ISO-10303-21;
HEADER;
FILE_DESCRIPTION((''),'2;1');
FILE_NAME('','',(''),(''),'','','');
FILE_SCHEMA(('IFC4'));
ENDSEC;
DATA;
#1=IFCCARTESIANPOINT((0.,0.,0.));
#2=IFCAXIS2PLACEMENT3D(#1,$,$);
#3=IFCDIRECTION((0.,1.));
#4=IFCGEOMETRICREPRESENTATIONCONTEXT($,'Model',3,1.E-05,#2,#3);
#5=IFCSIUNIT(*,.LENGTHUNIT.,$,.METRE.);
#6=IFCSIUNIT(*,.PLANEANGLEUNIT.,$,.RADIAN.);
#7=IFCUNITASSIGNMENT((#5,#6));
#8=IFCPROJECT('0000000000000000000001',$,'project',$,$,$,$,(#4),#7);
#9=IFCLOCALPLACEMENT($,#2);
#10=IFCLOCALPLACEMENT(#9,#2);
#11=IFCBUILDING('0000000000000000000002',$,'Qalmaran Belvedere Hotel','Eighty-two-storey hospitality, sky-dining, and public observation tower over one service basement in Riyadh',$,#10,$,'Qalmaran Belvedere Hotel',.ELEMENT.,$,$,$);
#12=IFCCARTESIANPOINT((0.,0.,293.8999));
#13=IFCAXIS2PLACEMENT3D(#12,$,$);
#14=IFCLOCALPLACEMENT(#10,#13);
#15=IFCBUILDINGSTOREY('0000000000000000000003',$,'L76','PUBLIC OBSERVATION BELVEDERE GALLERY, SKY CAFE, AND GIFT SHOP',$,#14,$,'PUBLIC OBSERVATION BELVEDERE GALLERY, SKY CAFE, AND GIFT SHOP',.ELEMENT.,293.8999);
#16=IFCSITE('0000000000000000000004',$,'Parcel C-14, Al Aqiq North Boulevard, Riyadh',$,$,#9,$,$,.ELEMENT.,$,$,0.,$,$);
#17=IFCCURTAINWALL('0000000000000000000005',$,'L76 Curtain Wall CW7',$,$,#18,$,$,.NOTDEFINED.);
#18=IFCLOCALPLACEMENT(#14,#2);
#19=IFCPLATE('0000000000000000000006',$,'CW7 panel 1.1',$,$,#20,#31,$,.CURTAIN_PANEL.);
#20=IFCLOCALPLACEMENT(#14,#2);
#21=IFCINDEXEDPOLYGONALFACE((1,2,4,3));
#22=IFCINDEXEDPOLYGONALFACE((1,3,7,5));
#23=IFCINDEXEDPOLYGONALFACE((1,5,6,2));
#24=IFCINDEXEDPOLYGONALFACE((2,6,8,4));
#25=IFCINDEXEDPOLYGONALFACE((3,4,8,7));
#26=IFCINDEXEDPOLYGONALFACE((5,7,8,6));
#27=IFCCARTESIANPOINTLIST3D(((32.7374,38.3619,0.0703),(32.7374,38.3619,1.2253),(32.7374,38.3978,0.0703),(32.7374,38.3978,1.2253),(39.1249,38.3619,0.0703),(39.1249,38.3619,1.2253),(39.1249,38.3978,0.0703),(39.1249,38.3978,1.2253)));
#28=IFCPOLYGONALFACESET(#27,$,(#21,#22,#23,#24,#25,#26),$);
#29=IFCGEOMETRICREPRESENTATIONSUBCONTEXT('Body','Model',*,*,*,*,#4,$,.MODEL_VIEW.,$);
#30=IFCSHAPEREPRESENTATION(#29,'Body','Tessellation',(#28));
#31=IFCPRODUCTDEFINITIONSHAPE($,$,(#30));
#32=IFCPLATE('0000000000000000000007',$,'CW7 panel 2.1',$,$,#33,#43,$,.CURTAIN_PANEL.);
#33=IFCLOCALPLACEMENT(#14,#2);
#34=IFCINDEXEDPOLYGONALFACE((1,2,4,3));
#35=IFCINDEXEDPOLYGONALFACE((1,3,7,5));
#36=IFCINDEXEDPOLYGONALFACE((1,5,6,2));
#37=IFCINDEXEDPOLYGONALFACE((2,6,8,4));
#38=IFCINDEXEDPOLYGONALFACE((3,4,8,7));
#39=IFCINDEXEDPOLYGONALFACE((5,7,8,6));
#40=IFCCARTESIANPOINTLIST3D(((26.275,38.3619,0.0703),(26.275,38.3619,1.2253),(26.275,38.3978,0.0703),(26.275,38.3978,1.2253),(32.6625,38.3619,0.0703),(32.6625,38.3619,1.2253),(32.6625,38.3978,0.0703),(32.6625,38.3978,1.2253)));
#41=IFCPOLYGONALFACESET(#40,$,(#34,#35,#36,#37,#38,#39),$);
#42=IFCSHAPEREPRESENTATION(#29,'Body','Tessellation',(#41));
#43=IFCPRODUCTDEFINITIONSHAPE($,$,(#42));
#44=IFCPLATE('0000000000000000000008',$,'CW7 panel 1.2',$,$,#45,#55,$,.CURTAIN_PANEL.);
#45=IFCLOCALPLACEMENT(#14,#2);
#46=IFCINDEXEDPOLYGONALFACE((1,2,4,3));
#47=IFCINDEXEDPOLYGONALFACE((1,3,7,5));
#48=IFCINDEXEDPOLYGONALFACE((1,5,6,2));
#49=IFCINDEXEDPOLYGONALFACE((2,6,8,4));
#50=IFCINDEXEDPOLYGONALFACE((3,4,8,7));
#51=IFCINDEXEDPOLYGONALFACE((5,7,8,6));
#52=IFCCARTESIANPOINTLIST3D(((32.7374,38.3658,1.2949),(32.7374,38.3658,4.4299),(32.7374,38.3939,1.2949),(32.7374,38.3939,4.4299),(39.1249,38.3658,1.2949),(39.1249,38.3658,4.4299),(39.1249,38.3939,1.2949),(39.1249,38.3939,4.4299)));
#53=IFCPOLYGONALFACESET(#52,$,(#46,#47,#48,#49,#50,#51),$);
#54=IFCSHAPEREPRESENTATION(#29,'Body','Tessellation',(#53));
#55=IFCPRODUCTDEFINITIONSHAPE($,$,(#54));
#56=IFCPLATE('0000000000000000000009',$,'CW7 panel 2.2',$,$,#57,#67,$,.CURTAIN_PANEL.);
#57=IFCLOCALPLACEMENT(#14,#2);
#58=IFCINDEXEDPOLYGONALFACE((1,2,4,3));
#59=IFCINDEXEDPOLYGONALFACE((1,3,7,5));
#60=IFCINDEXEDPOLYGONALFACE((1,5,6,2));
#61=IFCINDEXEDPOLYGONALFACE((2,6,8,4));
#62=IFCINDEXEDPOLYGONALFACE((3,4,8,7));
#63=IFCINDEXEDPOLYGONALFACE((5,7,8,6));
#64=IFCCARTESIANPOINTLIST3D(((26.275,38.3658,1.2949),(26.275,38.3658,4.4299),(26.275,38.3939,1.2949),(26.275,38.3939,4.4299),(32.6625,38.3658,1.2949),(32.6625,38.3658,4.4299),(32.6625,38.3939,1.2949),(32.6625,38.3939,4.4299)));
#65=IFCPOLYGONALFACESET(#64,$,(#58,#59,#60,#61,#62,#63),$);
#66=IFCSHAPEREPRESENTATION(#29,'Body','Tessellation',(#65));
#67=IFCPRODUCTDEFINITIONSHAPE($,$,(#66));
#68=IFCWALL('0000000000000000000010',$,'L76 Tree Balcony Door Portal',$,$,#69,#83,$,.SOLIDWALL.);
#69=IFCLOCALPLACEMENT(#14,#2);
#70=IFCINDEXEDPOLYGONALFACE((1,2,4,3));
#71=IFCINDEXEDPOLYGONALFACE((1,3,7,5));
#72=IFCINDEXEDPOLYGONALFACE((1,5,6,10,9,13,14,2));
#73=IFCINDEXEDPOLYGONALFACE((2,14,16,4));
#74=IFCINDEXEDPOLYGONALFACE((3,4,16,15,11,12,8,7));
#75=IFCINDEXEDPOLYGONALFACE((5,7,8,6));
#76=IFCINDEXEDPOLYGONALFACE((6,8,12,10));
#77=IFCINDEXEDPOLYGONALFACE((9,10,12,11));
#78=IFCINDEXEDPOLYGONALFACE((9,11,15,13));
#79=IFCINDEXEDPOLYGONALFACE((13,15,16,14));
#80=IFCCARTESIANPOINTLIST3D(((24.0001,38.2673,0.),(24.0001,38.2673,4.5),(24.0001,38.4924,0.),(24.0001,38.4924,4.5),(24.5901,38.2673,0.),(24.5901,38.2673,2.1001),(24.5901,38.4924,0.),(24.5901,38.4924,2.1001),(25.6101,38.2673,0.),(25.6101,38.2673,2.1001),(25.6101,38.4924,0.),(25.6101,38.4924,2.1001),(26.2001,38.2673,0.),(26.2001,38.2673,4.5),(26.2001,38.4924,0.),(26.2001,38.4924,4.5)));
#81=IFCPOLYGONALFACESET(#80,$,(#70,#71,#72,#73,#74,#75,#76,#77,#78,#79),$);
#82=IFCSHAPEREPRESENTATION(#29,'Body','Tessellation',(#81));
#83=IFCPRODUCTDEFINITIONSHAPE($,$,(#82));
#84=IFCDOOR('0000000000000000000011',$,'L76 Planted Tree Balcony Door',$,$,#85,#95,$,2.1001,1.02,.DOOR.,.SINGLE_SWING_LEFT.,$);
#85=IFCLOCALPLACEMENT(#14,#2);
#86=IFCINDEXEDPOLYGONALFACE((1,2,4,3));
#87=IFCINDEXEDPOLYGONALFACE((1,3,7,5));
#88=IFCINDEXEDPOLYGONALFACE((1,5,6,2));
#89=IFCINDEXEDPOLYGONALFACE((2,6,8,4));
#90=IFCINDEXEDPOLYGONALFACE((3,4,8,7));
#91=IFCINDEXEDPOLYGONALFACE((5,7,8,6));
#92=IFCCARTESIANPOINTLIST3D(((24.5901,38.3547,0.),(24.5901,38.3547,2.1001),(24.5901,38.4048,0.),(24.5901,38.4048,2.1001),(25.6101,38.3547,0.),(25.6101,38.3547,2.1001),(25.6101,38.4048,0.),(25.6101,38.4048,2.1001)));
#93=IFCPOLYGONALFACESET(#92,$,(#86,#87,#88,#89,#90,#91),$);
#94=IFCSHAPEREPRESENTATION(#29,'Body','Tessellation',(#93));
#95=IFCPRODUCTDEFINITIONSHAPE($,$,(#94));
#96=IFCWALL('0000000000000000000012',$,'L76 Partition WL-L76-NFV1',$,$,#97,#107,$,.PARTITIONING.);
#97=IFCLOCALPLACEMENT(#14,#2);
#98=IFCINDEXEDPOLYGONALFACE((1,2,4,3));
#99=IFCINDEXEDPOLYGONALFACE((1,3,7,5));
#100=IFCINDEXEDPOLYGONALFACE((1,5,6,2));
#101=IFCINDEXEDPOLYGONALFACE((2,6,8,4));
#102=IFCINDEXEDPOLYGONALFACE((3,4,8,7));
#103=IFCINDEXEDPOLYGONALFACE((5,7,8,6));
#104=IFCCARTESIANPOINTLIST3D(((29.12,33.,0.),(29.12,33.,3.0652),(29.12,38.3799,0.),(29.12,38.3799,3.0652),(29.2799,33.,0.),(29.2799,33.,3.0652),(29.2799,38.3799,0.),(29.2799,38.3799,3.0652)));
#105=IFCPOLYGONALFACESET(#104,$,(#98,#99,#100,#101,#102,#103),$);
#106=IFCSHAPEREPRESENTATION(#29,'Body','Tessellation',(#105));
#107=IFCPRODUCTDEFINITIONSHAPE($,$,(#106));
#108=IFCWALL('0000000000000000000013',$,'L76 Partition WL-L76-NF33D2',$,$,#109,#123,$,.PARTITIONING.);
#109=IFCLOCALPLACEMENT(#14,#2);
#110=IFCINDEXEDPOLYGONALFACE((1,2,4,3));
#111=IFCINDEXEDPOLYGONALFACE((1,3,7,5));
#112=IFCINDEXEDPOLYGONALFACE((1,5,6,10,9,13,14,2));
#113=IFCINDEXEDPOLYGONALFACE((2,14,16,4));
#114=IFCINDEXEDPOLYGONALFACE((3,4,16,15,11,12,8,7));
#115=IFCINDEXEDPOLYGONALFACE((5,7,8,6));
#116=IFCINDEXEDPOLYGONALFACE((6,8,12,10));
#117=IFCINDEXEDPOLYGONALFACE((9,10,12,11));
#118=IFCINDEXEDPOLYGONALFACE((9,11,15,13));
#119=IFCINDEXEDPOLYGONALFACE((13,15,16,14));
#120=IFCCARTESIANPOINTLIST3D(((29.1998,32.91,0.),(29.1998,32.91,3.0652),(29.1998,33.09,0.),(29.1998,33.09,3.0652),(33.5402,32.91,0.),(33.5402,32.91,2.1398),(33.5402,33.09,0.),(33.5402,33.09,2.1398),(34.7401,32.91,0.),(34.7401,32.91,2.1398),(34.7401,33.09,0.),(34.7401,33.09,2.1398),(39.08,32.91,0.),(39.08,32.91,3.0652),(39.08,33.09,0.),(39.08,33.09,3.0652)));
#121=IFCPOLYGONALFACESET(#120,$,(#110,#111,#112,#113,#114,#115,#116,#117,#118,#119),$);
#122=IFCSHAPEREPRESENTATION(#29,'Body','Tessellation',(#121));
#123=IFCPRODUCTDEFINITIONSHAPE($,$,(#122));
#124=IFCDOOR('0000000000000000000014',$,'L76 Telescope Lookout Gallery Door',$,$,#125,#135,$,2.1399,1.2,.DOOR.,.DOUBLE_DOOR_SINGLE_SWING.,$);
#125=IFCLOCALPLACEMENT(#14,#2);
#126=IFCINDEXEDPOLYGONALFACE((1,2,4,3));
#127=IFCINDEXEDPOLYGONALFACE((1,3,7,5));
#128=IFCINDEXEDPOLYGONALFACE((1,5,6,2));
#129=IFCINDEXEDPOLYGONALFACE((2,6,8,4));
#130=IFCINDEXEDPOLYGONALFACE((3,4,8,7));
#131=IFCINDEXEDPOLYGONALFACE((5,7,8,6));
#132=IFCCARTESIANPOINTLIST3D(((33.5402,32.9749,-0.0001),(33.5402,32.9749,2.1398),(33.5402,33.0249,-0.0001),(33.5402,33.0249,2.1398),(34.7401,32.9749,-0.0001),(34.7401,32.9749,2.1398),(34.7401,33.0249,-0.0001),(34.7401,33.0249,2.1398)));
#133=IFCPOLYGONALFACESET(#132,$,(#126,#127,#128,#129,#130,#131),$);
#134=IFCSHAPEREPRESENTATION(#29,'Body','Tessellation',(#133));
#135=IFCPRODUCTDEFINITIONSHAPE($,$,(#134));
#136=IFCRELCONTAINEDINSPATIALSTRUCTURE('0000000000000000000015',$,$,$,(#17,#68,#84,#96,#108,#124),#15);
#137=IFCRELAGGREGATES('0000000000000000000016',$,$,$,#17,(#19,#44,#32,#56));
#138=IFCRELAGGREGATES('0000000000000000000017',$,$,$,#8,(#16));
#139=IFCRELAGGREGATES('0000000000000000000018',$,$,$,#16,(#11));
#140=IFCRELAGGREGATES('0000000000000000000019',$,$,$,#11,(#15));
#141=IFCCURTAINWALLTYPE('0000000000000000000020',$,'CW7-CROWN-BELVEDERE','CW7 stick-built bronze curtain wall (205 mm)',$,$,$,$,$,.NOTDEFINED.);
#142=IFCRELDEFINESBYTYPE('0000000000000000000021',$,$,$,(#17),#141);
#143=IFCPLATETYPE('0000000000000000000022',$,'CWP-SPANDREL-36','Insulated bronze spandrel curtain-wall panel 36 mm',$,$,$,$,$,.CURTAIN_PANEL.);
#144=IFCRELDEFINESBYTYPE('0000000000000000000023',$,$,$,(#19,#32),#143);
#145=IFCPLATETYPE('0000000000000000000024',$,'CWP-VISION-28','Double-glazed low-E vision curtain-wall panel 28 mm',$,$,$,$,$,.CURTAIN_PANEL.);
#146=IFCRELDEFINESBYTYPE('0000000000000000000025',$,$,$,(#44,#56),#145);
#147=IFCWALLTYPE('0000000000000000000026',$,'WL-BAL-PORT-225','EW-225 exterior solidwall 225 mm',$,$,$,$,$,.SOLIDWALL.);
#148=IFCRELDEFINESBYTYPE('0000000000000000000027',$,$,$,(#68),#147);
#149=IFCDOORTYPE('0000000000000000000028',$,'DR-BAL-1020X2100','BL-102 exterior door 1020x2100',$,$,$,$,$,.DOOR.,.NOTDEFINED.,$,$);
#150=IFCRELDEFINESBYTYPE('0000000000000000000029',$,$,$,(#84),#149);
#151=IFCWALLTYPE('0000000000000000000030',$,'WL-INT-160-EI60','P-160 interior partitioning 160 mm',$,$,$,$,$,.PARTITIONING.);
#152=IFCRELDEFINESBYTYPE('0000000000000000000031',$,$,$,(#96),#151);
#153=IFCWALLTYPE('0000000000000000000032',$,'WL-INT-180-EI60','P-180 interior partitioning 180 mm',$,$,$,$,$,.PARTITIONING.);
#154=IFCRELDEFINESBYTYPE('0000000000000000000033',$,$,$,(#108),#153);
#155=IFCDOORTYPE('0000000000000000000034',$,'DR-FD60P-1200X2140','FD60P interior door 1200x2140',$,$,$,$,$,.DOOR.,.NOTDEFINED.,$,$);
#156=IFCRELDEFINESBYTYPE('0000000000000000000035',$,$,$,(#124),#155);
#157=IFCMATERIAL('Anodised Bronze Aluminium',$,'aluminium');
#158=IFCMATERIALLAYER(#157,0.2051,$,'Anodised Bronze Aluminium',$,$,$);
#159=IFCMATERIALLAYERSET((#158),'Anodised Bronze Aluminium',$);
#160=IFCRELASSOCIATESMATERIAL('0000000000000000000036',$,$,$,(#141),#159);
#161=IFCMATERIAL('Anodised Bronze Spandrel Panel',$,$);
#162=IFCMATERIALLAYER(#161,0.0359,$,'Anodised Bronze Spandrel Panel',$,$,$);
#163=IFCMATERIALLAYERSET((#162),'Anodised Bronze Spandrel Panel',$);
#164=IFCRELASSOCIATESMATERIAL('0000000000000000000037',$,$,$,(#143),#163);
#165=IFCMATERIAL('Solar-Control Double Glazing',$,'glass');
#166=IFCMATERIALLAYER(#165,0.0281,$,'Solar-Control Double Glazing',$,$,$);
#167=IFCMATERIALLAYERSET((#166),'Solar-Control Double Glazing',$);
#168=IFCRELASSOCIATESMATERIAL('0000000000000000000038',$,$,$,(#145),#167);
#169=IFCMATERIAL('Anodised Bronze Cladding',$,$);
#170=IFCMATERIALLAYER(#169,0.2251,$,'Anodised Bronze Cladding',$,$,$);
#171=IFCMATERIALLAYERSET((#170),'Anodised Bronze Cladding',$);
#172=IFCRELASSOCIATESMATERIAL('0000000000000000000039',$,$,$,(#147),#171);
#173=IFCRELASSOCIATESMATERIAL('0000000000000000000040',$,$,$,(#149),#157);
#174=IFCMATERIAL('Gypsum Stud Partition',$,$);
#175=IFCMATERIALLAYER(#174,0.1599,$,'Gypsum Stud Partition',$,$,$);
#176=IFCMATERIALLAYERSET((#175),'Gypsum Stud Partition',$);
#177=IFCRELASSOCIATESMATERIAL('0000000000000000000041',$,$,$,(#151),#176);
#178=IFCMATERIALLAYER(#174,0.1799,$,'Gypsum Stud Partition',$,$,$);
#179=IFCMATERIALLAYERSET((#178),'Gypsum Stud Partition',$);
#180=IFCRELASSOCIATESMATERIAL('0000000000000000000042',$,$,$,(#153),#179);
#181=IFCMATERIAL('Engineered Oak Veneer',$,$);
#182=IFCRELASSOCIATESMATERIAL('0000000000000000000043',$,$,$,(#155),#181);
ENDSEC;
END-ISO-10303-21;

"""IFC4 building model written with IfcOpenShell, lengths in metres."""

from ifc_helpers import new_model, si_unit, direction, frame, frame_2d, origin, origin_2d, place, context, subcontext, project, spatial, rectangle, extrude, material, layer, layer_set, type_object, element, fill, aggregate, save


model = new_model("IFC4")

# Units and contexts
model_context = context("Model", 3, precision=1e-05, world=origin(), true_north=direction((0.0, 1.0)))
body_context = subcontext(model_context, "Body", "Model", "MODEL_VIEW")
ifc_project = project(units=[si_unit("LENGTHUNIT", "METRE"), si_unit("PLANEANGLEUNIT", "RADIAN")], contexts=[model_context])

# Site, building, storey
site_placement = place(None, origin())
site = spatial("IfcSite", under=ifc_project, at=site_placement, Name="Parcel C-14, Al Aqiq North Boulevard, Riyadh", CompositionType="ELEMENT", RefElevation=0.0)
building_placement = place(site_placement, origin())
building = spatial("IfcBuilding", under=site, at=building_placement, Name="Qalmaran Belvedere Hotel", Description="Eighty-two-storey hospitality, sky-dining, and public observation tower over one service basement in Riyadh", LongName="Qalmaran Belvedere Hotel", CompositionType="ELEMENT")
storey_placement = place(building_placement, frame((0.0, 0.0, 293.8999)))
storey = spatial("IfcBuildingStorey", under=building, at=storey_placement, Name="L76", Description="PUBLIC OBSERVATION BELVEDERE GALLERY, SKY CAFE, AND GIFT SHOP", LongName="PUBLIC OBSERVATION BELVEDERE GALLERY, SKY CAFE, AND GIFT SHOP", CompositionType="ELEMENT", Elevation=293.8999)

# Curtain wall, plates
ifc_material_1 = material(Name="Anodised Bronze Aluminium", Category="aluminium")
ifc_layer_1 = layer(ifc_material_1, 0.2051, Name="Anodised Bronze Aluminium")
ifc_layer_set_1 = layer_set([ifc_layer_1], Name="Anodised Bronze Aluminium")
curtain_wall_type = type_object("IfcCurtainWallType", Name="CW7-CROWN-BELVEDERE", Description="CW7 stick-built bronze curtain wall (205 mm)", PredefinedType="NOTDEFINED", material=ifc_layer_set_1)
curtain_wall_placement = place(storey_placement, origin())
curtain_wall = element("IfcCurtainWall", 1, at=curtain_wall_placement, inside=storey, type_object=curtain_wall_type, Name="L76 Curtain Wall CW7", PredefinedType="NOTDEFINED")
ifc_material_2 = material(Name="Anodised Bronze Spandrel Panel")
ifc_layer_2 = layer(ifc_material_2, 0.0359, Name="Anodised Bronze Spandrel Panel")
ifc_layer_set_2 = layer_set([ifc_layer_2], Name="Anodised Bronze Spandrel Panel")
plate_type_1 = type_object("IfcPlateType", Name="CWP-SPANDREL-36", Description="Insulated bronze spandrel curtain-wall panel 36 mm", PredefinedType="CURTAIN_PANEL", material=ifc_layer_set_2)
plate_1_placement = place(storey_placement, frame((35.9312, 38.3799, 0.0703), z_axis=(0.0, 0.0, 1.0), x_axis=(-1.0, 0.0, 0.0)))
plate_1 = element("IfcPlate", 2, at=plate_1_placement, type_object=plate_type_1, Name="CW7 panel 1.1", PredefinedType="CURTAIN_PANEL", context=body_context, shape_type="SweptSolid", body=[
    extrude(rectangle(XDim=6.3875, YDim=0.0359, at=origin_2d()), origin(), (0.0, 0.0, 1.0), 1.155),
])
plate_2_placement = place(storey_placement, frame((29.4688, 38.3799, 0.0703), z_axis=(0.0, 0.0, 1.0), x_axis=(-1.0, 0.0, 0.0)))
plate_2 = element("IfcPlate", 3, at=plate_2_placement, type_object=plate_type_1, Name="CW7 panel 2.1", PredefinedType="CURTAIN_PANEL", context=body_context, shape_type="SweptSolid", body=[
    extrude(rectangle(XDim=6.3875, YDim=0.0359, at=origin_2d()), origin(), (0.0, 0.0, 1.0), 1.155),
])
ifc_material_3 = material(Name="Solar-Control Double Glazing", Category="glass")
ifc_layer_3 = layer(ifc_material_3, 0.0281, Name="Solar-Control Double Glazing")
ifc_layer_set_3 = layer_set([ifc_layer_3], Name="Solar-Control Double Glazing")
plate_type_2 = type_object("IfcPlateType", Name="CWP-VISION-28", Description="Double-glazed low-E vision curtain-wall panel 28 mm", PredefinedType="CURTAIN_PANEL", material=ifc_layer_set_3)
plate_3_placement = place(storey_placement, frame((35.9312, 38.3799, 1.2949), z_axis=(0.0, 0.0, 1.0), x_axis=(-1.0, 0.0, 0.0)))
plate_3 = element("IfcPlate", 4, at=plate_3_placement, type_object=plate_type_2, Name="CW7 panel 1.2", PredefinedType="CURTAIN_PANEL", context=body_context, shape_type="SweptSolid", body=[
    extrude(rectangle(XDim=6.3875, YDim=0.0281, at=origin_2d()), origin(), (0.0, 0.0, 1.0), 3.135),
])
plate_4_placement = place(storey_placement, frame((29.4688, 38.3799, 1.2949), z_axis=(0.0, 0.0, 1.0), x_axis=(-1.0, 0.0, 0.0)))
plate_4 = element("IfcPlate", 5, at=plate_4_placement, type_object=plate_type_2, Name="CW7 panel 2.2", PredefinedType="CURTAIN_PANEL", context=body_context, shape_type="SweptSolid", body=[
    extrude(rectangle(XDim=6.3875, YDim=0.0281, at=origin_2d()), origin(), (0.0, 0.0, 1.0), 3.135),
])
aggregate(curtain_wall, [plate_1, plate_3, plate_2, plate_4])

# Wall, opening, door
ifc_material_4 = material(Name="Anodised Bronze Cladding")
ifc_layer_4 = layer(ifc_material_4, 0.2251, Name="Anodised Bronze Cladding")
ifc_layer_set_4 = layer_set([ifc_layer_4], Name="Anodised Bronze Cladding")
wall_type_1 = type_object("IfcWallType", Name="WL-BAL-PORT-225", Description="EW-225 exterior solidwall 225 mm", PredefinedType="SOLIDWALL", material=ifc_layer_set_4)
wall_1_placement = place(storey_placement, frame((24.0, 38.3799, 0.0), z_axis=(0.0, 0.0, 1.0), x_axis=(1.0, 0.0, 0.0)))
wall_1 = element("IfcWall", 6, at=wall_1_placement, inside=storey, type_object=wall_type_1, Name="L76 Tree Balcony Door Portal", PredefinedType="SOLIDWALL", context=body_context, shape_type="SweptSolid", body=[
    extrude(rectangle(XDim=2.2, YDim=0.2251, at=frame_2d((1.1001, 0.0))), origin(), (0.0, 0.0, 1.0), 4.5),
])
opening_1_placement = place(wall_1_placement, frame((0.5901, 0.0, 0.0)))
opening_1 = element("IfcOpeningElement", 7, at=opening_1_placement, cuts=wall_1, PredefinedType="OPENING", context=body_context, shape_type="SweptSolid", body=[
    extrude(rectangle(XDim=1.02, YDim=2.1001, at=frame_2d((0.51, 1.05))), frame((0.0, 0.1226, 0.0), z_axis=(0.0, -1.0, 0.0), x_axis=(1.0, 0.0, 0.0)), (0.0, 0.0, 1.0), 0.2451),
])
door_type_1 = type_object("IfcDoorType", Name="DR-BAL-1020X2100", Description="BL-102 exterior door 1020x2100", OperationType="NOTDEFINED", PredefinedType="DOOR", material=ifc_material_1)
door_1_placement = place(opening_1_placement, origin())
door_1 = element("IfcDoor", 8, at=door_1_placement, inside=storey, type_object=door_type_1, Name="L76 Planted Tree Balcony Door", OperationType="SINGLE_SWING_LEFT", OverallHeight=2.1001, OverallWidth=1.02, PredefinedType="DOOR", context=body_context, shape_type="SweptSolid", body=[
    extrude(rectangle(XDim=1.02, YDim=2.1001, at=frame_2d((0.51, 1.05))), frame((0.0, 0.0249, 0.0), z_axis=(0.0, -1.0, 0.0), x_axis=(1.0, 0.0, 0.0)), (0.0, 0.0, 1.0), 0.05),
])
fill(opening_1, door_1)

# Wall
ifc_material_5 = material(Name="Gypsum Stud Partition")
ifc_layer_5 = layer(ifc_material_5, 0.1599, Name="Gypsum Stud Partition")
ifc_layer_set_5 = layer_set([ifc_layer_5], Name="Gypsum Stud Partition")
wall_type_2 = type_object("IfcWallType", Name="WL-INT-160-EI60", Description="P-160 interior partitioning 160 mm", PredefinedType="PARTITIONING", material=ifc_layer_set_5)
wall_2_placement = place(storey_placement, frame((29.2, 33.0, 0.0), z_axis=(0.0, 0.0, 1.0), x_axis=(0.0, 1.0, 0.0)))
element("IfcWall", 9, at=wall_2_placement, inside=storey, type_object=wall_type_2, Name="L76 Partition WL-L76-NFV1", PredefinedType="PARTITIONING", context=body_context, shape_type="SweptSolid", body=[
    extrude(rectangle(XDim=5.3799, YDim=0.1599, at=frame_2d((2.6899, 0.0))), origin(), (0.0, 0.0, 1.0), 3.0652),
])

# Wall, opening, door
ifc_layer_6 = layer(ifc_material_5, 0.1799, Name="Gypsum Stud Partition")
ifc_layer_set_6 = layer_set([ifc_layer_6], Name="Gypsum Stud Partition")
wall_type_3 = type_object("IfcWallType", Name="WL-INT-180-EI60", Description="P-180 interior partitioning 180 mm", PredefinedType="PARTITIONING", material=ifc_layer_set_6)
wall_3_placement = place(storey_placement, frame((29.2, 33.0, 0.0), z_axis=(0.0, 0.0, 1.0), x_axis=(1.0, 0.0, 0.0)))
wall_3 = element("IfcWall", 10, at=wall_3_placement, inside=storey, type_object=wall_type_3, Name="L76 Partition WL-L76-NF33D2", PredefinedType="PARTITIONING", context=body_context, shape_type="SweptSolid", body=[
    extrude(rectangle(XDim=9.8801, YDim=0.1799, at=frame_2d((4.9399, 0.0))), origin(), (0.0, 0.0, 1.0), 3.0652),
])
opening_2_placement = place(wall_3_placement, frame((4.3401, 0.0, 0.0)))
opening_2 = element("IfcOpeningElement", 11, at=opening_2_placement, cuts=wall_3, PredefinedType="OPENING", context=body_context, shape_type="SweptSolid", body=[
    extrude(rectangle(XDim=1.2, YDim=2.1399, at=frame_2d((0.6001, 1.0698))), frame((0.0, 0.1001, 0.0), z_axis=(0.0, -1.0, 0.0), x_axis=(1.0, 0.0, 0.0)), (0.0, 0.0, 1.0), 0.2),
])
ifc_material_6 = material(Name="Engineered Oak Veneer")
door_type_2 = type_object("IfcDoorType", Name="DR-FD60P-1200X2140", Description="FD60P interior door 1200x2140", OperationType="NOTDEFINED", PredefinedType="DOOR", material=ifc_material_6)
door_2_placement = place(opening_2_placement, origin())
door_2 = element("IfcDoor", 12, at=door_2_placement, inside=storey, type_object=door_type_2, Name="L76 Telescope Lookout Gallery Door", OperationType="DOUBLE_DOOR_SINGLE_SWING", OverallHeight=2.1399, OverallWidth=1.2, PredefinedType="DOOR", context=body_context, shape_type="SweptSolid", body=[
    extrude(rectangle(XDim=1.2, YDim=2.1399, at=frame_2d((0.6001, 1.0698))), frame((0.0, 0.0249, 0.0), z_axis=(0.0, -1.0, 0.0), x_axis=(1.0, 0.0, 0.0)), (0.0, 0.0, 1.0), 0.05),
])
fill(opening_2, door_2)

save(model, "model.ifc")
